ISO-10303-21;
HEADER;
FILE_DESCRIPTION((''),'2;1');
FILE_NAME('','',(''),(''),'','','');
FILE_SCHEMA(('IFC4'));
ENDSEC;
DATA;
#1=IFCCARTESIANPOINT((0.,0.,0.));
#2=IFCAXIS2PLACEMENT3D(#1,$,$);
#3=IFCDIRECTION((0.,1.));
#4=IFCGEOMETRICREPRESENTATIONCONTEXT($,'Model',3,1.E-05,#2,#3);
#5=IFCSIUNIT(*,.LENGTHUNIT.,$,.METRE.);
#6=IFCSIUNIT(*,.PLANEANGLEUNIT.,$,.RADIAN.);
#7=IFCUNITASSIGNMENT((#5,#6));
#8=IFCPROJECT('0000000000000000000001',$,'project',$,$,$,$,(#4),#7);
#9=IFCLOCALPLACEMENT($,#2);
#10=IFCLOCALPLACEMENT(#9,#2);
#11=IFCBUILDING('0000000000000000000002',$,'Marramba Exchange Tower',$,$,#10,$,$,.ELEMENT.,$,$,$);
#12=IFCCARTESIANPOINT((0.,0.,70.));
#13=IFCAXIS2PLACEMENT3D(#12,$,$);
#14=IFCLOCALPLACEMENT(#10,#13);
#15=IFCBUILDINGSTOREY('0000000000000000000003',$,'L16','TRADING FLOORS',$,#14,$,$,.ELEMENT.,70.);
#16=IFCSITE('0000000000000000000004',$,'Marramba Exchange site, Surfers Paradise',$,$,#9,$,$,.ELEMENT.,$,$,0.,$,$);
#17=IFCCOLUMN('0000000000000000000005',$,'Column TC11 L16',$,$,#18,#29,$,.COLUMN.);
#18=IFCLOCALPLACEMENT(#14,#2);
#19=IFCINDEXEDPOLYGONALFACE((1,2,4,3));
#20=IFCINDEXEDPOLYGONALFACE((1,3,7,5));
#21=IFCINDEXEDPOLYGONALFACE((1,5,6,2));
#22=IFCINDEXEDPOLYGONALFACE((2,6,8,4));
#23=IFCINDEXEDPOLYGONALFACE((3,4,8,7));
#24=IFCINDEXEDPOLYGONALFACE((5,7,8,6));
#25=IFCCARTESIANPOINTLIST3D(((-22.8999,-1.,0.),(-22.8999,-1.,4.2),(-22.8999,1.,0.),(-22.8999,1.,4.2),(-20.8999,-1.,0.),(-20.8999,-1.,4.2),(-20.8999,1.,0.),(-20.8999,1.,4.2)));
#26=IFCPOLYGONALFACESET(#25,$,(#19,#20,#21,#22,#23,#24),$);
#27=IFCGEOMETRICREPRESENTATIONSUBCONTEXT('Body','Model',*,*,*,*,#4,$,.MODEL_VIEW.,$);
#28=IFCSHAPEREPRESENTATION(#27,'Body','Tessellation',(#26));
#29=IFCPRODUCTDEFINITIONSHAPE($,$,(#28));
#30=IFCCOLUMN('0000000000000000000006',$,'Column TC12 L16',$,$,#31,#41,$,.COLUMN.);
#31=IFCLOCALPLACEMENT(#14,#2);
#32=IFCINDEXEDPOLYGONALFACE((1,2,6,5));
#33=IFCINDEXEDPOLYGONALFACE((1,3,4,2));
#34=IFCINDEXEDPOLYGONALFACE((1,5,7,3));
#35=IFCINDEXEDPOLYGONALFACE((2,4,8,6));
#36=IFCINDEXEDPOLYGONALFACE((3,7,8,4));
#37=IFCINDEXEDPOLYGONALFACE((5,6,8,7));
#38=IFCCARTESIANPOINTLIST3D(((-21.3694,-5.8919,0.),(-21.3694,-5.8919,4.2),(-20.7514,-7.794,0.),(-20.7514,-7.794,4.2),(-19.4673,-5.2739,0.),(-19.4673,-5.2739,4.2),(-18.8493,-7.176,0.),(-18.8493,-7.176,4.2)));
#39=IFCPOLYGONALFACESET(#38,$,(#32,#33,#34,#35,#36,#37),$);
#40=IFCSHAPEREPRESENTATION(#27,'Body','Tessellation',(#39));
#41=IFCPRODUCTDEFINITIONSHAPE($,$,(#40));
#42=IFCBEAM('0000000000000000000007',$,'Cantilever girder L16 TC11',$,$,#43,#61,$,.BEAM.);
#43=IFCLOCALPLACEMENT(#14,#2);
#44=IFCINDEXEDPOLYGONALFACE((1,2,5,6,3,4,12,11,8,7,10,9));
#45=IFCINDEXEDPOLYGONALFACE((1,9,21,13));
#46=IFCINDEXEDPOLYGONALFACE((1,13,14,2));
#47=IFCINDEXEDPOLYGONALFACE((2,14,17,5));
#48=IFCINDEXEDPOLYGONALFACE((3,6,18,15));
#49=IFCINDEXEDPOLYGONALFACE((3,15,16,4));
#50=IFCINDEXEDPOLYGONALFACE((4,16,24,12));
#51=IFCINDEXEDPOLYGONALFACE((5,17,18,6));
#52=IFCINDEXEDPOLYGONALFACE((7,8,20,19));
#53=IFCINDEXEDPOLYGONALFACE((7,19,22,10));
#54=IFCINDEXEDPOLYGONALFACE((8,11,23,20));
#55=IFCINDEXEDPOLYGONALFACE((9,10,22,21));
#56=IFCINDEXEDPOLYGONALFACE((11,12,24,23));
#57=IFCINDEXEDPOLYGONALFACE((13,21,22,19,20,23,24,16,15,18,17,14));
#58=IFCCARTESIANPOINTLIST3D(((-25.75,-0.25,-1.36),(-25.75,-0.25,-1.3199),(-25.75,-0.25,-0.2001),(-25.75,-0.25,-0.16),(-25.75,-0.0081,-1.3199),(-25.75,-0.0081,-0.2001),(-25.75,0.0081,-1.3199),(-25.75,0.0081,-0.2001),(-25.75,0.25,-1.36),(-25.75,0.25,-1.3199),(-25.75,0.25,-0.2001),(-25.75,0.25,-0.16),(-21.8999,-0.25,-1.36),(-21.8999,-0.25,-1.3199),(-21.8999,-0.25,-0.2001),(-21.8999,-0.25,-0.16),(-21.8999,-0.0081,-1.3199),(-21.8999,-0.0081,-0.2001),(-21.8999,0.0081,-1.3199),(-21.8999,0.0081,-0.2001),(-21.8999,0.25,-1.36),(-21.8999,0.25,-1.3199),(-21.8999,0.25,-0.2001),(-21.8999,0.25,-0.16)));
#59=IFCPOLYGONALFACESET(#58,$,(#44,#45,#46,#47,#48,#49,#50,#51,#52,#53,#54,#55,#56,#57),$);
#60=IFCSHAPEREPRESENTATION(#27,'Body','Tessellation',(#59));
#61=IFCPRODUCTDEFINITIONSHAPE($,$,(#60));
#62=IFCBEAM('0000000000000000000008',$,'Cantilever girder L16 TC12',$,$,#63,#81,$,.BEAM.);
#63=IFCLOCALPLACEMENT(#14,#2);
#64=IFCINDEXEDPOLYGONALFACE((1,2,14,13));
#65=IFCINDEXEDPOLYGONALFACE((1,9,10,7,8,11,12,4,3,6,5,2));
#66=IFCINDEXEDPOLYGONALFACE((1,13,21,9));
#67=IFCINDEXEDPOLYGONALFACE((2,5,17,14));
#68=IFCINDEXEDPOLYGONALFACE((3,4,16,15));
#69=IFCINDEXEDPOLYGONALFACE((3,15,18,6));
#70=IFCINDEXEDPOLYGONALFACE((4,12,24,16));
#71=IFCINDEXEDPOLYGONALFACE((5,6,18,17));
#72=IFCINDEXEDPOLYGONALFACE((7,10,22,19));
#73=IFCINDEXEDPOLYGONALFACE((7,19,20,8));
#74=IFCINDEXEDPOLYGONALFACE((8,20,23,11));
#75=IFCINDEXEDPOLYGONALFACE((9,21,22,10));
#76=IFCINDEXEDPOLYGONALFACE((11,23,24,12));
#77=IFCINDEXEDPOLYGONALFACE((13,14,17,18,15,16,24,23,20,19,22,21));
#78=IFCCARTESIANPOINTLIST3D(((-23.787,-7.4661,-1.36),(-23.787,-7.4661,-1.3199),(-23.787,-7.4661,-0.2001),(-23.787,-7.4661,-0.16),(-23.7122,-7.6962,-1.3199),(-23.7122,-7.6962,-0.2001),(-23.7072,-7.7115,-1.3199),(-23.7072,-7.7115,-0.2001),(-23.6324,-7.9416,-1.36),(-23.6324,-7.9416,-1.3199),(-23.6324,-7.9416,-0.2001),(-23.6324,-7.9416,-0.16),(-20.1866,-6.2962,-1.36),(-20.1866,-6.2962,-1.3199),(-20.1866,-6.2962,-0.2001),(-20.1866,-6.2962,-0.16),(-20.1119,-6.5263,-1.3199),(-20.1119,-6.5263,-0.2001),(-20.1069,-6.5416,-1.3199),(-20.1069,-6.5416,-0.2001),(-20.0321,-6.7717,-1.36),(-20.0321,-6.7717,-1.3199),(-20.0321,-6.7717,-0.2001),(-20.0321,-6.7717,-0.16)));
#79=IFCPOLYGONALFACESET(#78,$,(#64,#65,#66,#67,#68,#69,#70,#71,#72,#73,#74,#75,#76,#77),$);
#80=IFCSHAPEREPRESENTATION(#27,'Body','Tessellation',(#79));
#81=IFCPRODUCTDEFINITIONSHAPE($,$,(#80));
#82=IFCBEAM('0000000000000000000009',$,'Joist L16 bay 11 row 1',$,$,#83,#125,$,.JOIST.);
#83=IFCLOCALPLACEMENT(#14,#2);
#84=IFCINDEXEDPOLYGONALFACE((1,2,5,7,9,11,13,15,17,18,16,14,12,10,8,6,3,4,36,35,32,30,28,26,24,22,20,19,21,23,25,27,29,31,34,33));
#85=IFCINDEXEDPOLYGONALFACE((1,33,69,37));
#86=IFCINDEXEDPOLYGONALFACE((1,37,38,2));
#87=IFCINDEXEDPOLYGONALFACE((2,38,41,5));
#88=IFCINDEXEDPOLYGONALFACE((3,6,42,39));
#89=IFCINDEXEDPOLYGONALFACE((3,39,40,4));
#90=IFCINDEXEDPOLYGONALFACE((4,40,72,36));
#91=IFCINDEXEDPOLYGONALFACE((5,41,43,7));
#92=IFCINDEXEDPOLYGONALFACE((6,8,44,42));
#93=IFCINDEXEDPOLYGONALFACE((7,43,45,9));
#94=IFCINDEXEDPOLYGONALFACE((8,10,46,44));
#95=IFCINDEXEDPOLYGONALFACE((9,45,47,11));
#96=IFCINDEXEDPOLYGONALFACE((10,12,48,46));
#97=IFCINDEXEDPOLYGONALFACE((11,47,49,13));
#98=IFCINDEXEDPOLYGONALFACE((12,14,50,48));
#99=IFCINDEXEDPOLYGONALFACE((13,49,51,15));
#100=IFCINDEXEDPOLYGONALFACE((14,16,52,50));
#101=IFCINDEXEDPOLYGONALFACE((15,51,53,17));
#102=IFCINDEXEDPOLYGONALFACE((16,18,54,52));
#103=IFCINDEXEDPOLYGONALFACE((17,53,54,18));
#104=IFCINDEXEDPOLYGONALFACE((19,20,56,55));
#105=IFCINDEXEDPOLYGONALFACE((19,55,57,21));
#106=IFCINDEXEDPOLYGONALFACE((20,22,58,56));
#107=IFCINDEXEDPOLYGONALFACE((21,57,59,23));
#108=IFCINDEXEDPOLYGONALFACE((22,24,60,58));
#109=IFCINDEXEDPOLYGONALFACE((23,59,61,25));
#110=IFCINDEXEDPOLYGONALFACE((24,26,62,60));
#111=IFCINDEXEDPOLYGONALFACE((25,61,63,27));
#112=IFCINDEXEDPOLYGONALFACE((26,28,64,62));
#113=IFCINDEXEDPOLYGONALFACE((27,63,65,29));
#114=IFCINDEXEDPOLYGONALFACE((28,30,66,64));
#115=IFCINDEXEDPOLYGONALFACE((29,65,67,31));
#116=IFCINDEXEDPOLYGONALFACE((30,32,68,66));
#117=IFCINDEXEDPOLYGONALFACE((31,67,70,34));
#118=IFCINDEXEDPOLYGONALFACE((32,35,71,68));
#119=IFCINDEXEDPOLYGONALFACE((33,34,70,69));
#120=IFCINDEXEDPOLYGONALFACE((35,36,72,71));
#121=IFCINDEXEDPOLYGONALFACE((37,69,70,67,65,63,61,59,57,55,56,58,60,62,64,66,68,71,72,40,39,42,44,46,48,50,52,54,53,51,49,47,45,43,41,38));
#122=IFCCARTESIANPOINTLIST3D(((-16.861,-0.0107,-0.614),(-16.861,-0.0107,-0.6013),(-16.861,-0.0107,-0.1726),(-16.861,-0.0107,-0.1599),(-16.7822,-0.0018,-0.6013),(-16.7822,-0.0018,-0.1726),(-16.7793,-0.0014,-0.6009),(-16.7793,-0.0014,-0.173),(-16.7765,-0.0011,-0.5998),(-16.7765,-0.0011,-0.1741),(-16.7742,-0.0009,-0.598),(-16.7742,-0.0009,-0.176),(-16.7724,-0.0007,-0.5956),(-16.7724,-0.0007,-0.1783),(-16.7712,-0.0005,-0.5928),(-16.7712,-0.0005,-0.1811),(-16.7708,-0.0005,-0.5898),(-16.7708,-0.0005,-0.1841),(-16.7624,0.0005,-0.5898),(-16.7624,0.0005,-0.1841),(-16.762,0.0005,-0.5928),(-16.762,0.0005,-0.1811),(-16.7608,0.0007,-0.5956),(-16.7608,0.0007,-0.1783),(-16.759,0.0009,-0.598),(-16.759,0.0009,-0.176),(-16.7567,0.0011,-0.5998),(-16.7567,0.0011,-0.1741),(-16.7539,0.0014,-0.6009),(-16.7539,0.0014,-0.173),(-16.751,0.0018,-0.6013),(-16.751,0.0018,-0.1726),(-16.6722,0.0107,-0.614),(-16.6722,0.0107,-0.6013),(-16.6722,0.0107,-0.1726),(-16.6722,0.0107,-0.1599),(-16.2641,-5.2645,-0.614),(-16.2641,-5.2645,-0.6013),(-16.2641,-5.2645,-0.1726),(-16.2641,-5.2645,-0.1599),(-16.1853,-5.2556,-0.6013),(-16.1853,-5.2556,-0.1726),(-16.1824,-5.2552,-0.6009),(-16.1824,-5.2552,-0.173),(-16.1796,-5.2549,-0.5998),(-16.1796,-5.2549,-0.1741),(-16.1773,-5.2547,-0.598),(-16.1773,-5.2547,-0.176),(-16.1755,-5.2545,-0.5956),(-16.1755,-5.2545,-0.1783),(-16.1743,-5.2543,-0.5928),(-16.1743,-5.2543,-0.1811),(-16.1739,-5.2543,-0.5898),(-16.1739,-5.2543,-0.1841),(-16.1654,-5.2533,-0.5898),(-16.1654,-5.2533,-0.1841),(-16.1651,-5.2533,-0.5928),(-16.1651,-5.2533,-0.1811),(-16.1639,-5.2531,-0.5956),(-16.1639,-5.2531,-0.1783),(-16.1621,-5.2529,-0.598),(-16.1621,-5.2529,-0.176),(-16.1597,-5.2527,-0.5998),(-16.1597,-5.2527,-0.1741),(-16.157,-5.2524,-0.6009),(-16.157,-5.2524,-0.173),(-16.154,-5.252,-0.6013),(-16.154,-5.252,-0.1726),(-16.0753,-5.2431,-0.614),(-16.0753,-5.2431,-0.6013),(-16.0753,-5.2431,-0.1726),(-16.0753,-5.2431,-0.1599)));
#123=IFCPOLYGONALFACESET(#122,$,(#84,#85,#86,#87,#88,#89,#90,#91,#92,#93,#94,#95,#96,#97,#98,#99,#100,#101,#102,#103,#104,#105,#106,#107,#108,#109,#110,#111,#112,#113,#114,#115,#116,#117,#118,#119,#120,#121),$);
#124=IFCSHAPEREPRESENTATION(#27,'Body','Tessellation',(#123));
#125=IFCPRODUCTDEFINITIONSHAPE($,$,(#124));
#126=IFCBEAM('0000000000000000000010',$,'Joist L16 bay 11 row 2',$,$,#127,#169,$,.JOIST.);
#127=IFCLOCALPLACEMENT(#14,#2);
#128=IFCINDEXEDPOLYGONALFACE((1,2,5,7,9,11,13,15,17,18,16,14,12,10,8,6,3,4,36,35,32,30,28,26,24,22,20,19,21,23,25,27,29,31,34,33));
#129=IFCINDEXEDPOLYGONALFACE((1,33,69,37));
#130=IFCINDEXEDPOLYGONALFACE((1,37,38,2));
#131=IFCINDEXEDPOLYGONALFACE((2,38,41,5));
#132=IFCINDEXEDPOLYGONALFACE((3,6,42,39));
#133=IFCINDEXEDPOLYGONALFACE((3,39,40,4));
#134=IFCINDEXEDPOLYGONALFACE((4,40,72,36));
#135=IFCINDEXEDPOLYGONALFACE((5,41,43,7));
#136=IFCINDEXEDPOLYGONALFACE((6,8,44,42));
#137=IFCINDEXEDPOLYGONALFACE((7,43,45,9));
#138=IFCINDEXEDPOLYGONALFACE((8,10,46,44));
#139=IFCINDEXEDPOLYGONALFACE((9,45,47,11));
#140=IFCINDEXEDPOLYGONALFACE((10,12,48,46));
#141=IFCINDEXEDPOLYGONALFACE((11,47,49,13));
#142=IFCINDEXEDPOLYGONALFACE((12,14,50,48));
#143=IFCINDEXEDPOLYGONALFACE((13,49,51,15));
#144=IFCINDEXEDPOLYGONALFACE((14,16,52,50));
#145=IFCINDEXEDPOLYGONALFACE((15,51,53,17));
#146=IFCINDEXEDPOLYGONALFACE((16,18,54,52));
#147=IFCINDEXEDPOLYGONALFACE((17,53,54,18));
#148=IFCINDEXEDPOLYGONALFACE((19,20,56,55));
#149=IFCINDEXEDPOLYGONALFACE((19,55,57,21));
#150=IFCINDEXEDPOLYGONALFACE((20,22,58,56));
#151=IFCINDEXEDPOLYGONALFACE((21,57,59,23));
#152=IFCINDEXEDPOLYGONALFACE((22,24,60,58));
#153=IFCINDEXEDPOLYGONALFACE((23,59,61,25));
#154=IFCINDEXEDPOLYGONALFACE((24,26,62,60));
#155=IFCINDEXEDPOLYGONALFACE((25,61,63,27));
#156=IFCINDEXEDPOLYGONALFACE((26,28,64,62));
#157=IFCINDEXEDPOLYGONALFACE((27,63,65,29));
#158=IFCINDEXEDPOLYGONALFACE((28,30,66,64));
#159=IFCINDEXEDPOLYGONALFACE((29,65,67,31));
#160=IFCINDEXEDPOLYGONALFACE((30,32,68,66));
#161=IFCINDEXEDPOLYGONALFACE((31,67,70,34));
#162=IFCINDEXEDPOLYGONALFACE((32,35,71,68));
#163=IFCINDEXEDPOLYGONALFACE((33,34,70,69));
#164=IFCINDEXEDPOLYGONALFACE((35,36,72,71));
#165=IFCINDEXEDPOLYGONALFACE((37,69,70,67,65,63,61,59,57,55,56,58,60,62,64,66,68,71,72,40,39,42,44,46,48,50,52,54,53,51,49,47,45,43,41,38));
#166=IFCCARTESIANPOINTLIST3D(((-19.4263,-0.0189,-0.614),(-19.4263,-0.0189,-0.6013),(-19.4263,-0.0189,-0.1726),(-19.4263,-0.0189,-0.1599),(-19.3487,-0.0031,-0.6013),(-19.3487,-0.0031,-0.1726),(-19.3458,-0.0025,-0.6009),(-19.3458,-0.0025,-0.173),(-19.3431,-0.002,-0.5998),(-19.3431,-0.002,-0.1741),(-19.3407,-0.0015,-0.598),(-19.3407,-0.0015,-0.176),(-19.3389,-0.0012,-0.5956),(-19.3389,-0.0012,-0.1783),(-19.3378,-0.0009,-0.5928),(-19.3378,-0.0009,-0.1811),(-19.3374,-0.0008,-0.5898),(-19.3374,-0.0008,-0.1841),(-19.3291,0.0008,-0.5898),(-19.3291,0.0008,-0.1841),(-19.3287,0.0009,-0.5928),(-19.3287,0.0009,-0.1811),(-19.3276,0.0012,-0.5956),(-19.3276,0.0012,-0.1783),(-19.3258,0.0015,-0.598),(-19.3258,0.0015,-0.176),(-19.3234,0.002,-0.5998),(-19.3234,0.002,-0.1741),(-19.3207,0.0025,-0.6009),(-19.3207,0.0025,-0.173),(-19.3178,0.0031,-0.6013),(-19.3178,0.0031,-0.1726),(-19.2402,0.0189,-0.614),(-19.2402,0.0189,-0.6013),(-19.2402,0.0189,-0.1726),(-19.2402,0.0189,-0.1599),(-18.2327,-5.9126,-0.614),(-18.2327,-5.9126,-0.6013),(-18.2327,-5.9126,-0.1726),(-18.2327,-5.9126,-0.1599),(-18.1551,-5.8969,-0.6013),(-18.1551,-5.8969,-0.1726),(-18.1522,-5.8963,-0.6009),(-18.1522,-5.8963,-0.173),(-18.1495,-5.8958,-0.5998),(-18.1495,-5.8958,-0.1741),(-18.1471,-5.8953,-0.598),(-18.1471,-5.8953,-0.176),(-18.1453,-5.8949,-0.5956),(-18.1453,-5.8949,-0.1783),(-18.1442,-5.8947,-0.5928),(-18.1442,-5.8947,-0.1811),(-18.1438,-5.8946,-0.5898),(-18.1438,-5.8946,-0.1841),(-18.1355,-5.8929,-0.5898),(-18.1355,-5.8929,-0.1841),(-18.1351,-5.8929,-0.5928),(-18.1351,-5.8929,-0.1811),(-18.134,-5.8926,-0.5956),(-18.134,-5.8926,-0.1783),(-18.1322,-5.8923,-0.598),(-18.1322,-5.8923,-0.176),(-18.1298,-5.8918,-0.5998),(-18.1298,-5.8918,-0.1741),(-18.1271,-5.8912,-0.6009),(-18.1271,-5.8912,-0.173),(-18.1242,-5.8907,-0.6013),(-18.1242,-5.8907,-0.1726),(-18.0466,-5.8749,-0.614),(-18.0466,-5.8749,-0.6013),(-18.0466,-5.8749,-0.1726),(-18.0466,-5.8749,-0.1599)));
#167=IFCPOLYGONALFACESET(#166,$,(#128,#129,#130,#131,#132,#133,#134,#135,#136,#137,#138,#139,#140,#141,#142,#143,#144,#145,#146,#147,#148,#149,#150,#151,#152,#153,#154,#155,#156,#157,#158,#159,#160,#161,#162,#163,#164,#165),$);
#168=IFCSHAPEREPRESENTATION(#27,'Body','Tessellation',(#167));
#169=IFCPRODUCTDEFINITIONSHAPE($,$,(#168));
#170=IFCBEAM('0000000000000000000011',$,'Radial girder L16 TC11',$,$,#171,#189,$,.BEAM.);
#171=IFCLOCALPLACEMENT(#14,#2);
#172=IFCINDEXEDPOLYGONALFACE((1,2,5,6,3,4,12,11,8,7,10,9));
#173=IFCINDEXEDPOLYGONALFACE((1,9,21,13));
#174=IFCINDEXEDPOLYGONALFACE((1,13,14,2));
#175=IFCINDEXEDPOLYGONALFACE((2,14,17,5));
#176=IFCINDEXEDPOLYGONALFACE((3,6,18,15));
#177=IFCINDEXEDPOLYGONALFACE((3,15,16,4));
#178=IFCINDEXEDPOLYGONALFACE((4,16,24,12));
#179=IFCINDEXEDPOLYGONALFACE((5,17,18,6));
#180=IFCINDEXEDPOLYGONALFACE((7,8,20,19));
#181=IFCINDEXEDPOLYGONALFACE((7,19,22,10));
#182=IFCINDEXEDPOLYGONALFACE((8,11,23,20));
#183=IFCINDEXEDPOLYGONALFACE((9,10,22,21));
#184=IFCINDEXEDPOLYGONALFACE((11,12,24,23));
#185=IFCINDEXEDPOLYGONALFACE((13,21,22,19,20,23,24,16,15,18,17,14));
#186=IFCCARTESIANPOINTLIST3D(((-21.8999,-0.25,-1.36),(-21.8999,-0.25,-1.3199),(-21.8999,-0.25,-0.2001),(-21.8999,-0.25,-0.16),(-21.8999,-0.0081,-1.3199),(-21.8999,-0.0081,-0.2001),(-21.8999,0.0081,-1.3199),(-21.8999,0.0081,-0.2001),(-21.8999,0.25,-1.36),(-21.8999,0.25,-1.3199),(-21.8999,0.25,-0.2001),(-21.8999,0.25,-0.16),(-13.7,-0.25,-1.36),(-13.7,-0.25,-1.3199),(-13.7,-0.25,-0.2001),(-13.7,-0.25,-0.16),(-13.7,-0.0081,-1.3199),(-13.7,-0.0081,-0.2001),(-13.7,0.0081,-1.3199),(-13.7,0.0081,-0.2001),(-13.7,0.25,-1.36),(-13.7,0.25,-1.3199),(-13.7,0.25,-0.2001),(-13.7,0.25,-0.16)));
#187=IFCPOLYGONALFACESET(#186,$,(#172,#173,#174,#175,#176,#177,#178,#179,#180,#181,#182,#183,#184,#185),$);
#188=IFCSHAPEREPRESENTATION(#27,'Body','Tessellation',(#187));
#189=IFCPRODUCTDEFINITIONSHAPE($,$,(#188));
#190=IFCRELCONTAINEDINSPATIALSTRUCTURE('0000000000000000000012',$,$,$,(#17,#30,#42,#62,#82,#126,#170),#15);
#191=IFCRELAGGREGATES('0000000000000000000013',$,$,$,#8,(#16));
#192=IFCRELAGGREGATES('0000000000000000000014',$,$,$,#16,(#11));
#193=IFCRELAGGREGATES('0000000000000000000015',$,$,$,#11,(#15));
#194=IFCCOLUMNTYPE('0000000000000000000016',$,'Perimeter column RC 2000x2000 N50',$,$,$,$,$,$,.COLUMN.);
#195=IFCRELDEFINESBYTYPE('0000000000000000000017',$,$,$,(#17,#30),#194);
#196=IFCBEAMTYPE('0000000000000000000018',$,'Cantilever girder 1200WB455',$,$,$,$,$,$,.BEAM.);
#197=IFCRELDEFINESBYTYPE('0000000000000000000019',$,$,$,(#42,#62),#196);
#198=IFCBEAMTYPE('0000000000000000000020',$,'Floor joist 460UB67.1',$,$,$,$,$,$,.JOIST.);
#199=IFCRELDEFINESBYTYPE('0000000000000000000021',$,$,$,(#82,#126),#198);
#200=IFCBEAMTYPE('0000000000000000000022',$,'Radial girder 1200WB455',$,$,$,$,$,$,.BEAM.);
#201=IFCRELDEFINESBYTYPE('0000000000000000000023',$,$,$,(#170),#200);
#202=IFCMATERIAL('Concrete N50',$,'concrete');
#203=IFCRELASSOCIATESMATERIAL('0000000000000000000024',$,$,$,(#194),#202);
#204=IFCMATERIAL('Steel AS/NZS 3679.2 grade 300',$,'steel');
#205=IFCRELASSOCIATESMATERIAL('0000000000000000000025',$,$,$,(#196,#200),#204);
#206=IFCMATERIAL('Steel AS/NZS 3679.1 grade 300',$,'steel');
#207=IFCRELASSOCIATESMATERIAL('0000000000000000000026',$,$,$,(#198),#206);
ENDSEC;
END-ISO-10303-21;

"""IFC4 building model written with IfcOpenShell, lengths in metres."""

from ifc_helpers import new_model, si_unit, direction, frame, origin, origin_2d, place, context, subcontext, project, spatial, rectangle, i_section, extrude, material, material_profile, profile_set, type_object, element, save


model = new_model("IFC4")

# Units and contexts
model_context = context("Model", 3, precision=1e-05, world=origin(), true_north=direction((0.0, 1.0)))
body_context = subcontext(model_context, "Body", "Model", "MODEL_VIEW")
ifc_project = project(units=[si_unit("LENGTHUNIT", "METRE"), si_unit("PLANEANGLEUNIT", "RADIAN")], contexts=[model_context])

# Site, building, storey
site_placement = place(None, origin())
site = spatial("IfcSite", under=ifc_project, at=site_placement, Name="Marramba Exchange site, Surfers Paradise", CompositionType="ELEMENT", RefElevation=0.0)
building_placement = place(site_placement, origin())
building = spatial("IfcBuilding", under=site, at=building_placement, Name="Marramba Exchange Tower", CompositionType="ELEMENT")
storey_placement = place(building_placement, frame((0.0, 0.0, 70.0)))
storey = spatial("IfcBuildingStorey", under=building, at=storey_placement, Name="L16", Description="TRADING FLOORS", CompositionType="ELEMENT", Elevation=70.0)

# Columns
ifc_material_1 = material(Name="Concrete N50", Category="concrete")
ifc_material_profile_1 = material_profile(ifc_material_1, rectangle(XDim=2.0, YDim=2.0, at=origin_2d()), Name="RC 2000x2000")
ifc_profile_set_1 = profile_set([ifc_material_profile_1], Name="Concrete N50")
column_type = type_object("IfcColumnType", Name="Perimeter column RC 2000x2000 N50", PredefinedType="COLUMN", material=ifc_profile_set_1)
for number, where, z_axis, x_axis, name in (
    (1, (-21.8999, 0.0, 0.0), (0.0, 0.0, 1.0), (-1.0, 0.0, 0.0), "Column TC11 L16"),
    (2, (-20.1094, -6.5339, 0.0), (0.0, 0.0, 1.0), (-0.951057, -0.309017, 0.0), "Column TC12 L16"),
):
    element("IfcColumn", number, at=place(storey_placement, frame(where, z_axis=z_axis, x_axis=x_axis)), inside=storey, type_object=column_type, Name=name, PredefinedType="COLUMN", context=body_context, shape_type="SweptSolid", body=[
        extrude(rectangle(XDim=2.0, YDim=2.0, at=origin_2d()), origin(), (0.0, 0.0, 1.0), 4.2),
    ])

# Beams
ifc_material_2 = material(Name="Steel AS/NZS 3679.2 grade 300", Category="steel")
ifc_material_profile_2 = material_profile(ifc_material_2, i_section(OverallWidth=0.5, OverallDepth=1.2, WebThickness=0.0161, FlangeThickness=0.04, at=origin_2d()), Name="1200WB455")
ifc_profile_set_2 = profile_set([ifc_material_profile_2], Name="Steel AS/NZS 3679.2 grade 300")
beam_type_1 = type_object("IfcBeamType", Name="Cantilever girder 1200WB455", PredefinedType="BEAM", material=ifc_profile_set_2)
beam_1_placement = place(storey_placement, frame((-21.8999, 0.0, -0.76), z_axis=(-1.0, 0.0, 0.0), x_axis=(0.0, -1.0, 0.0)))
element("IfcBeam", 3, at=beam_1_placement, inside=storey, type_object=beam_type_1, Name="Cantilever girder L16 TC11", PredefinedType="BEAM", context=body_context, shape_type="SweptSolid", body=[
    extrude(i_section(OverallWidth=0.5, OverallDepth=1.2, WebThickness=0.0161, FlangeThickness=0.04, at=origin_2d()), origin(), (0.0, 0.0, 1.0), 3.8501),
])
beam_2_placement = place(storey_placement, frame((-20.1094, -6.5339, -0.76), z_axis=(-0.951049, -0.309041, 0.0), x_axis=(0.309041, -0.951049, 0.0)))
element("IfcBeam", 4, at=beam_2_placement, inside=storey, type_object=beam_type_1, Name="Cantilever girder L16 TC12", PredefinedType="BEAM", context=body_context, shape_type="SweptSolid", body=[
    extrude(i_section(OverallWidth=0.5, OverallDepth=1.2, WebThickness=0.0161, FlangeThickness=0.04, at=origin_2d()), origin(), (0.0, 0.0, 1.0), 3.7856),
])
ifc_material_3 = material(Name="Steel AS/NZS 3679.1 grade 300", Category="steel")
ifc_material_profile_3 = material_profile(ifc_material_3, i_section(OverallWidth=0.1899, OverallDepth=0.4541, WebThickness=0.0085, FlangeThickness=0.0127, FilletRadius=0.0115, at=origin_2d()), Name="460UB67.1")
ifc_profile_set_3 = profile_set([ifc_material_profile_3], Name="Steel AS/NZS 3679.1 grade 300")
beam_type_2 = type_object("IfcBeamType", Name="Floor joist 460UB67.1", PredefinedType="JOIST", material=ifc_profile_set_3)
beam_3_placement = place(storey_placement, frame((-16.7666, 0.0, -0.387), z_axis=(0.112889, -0.993608, 0.0), x_axis=(0.993608, 0.112889, 0.0)))
element("IfcBeam", 5, at=beam_3_placement, inside=storey, type_object=beam_type_2, Name="Joist L16 bay 11 row 1", PredefinedType="JOIST", context=body_context, shape_type="SweptSolid", body=[
    extrude(i_section(OverallWidth=0.1899, OverallDepth=0.4541, WebThickness=0.0085, FlangeThickness=0.0127, FilletRadius=0.0115, at=origin_2d()), origin(), (0.0, 0.0, 1.0), 5.2876),
])
beam_4_placement = place(storey_placement, frame((-19.3333, 0.0, -0.387), z_axis=(0.198489, -0.980103, 0.0), x_axis=(0.980103, 0.198489, 0.0)))
element("IfcBeam", 6, at=beam_4_placement, inside=storey, type_object=beam_type_2, Name="Joist L16 bay 11 row 2", PredefinedType="JOIST", context=body_context, shape_type="SweptSolid", body=[
    extrude(i_section(OverallWidth=0.1899, OverallDepth=0.4541, WebThickness=0.0085, FlangeThickness=0.0127, FilletRadius=0.0115, at=origin_2d()), origin(), (0.0, 0.0, 1.0), 6.0134),
])
ifc_material_profile_4 = material_profile(ifc_material_2, i_section(OverallWidth=0.5, OverallDepth=1.2, WebThickness=0.0161, FlangeThickness=0.04, at=origin_2d()), Name="1200WB455")
ifc_profile_set_4 = profile_set([ifc_material_profile_4], Name="Steel AS/NZS 3679.2 grade 300")
beam_type_3 = type_object("IfcBeamType", Name="Radial girder 1200WB455", PredefinedType="BEAM", material=ifc_profile_set_4)
beam_5_placement = place(storey_placement, frame((-13.7, 0.0, -0.76), z_axis=(-1.0, 0.0, 0.0), x_axis=(0.0, -1.0, 0.0)))
element("IfcBeam", 7, at=beam_5_placement, inside=storey, type_object=beam_type_3, Name="Radial girder L16 TC11", PredefinedType="BEAM", context=body_context, shape_type="SweptSolid", body=[
    extrude(i_section(OverallWidth=0.5, OverallDepth=1.2, WebThickness=0.0161, FlangeThickness=0.04, at=origin_2d()), origin(), (0.0, 0.0, 1.0), 8.2),
])

save(model, "model.ifc")
